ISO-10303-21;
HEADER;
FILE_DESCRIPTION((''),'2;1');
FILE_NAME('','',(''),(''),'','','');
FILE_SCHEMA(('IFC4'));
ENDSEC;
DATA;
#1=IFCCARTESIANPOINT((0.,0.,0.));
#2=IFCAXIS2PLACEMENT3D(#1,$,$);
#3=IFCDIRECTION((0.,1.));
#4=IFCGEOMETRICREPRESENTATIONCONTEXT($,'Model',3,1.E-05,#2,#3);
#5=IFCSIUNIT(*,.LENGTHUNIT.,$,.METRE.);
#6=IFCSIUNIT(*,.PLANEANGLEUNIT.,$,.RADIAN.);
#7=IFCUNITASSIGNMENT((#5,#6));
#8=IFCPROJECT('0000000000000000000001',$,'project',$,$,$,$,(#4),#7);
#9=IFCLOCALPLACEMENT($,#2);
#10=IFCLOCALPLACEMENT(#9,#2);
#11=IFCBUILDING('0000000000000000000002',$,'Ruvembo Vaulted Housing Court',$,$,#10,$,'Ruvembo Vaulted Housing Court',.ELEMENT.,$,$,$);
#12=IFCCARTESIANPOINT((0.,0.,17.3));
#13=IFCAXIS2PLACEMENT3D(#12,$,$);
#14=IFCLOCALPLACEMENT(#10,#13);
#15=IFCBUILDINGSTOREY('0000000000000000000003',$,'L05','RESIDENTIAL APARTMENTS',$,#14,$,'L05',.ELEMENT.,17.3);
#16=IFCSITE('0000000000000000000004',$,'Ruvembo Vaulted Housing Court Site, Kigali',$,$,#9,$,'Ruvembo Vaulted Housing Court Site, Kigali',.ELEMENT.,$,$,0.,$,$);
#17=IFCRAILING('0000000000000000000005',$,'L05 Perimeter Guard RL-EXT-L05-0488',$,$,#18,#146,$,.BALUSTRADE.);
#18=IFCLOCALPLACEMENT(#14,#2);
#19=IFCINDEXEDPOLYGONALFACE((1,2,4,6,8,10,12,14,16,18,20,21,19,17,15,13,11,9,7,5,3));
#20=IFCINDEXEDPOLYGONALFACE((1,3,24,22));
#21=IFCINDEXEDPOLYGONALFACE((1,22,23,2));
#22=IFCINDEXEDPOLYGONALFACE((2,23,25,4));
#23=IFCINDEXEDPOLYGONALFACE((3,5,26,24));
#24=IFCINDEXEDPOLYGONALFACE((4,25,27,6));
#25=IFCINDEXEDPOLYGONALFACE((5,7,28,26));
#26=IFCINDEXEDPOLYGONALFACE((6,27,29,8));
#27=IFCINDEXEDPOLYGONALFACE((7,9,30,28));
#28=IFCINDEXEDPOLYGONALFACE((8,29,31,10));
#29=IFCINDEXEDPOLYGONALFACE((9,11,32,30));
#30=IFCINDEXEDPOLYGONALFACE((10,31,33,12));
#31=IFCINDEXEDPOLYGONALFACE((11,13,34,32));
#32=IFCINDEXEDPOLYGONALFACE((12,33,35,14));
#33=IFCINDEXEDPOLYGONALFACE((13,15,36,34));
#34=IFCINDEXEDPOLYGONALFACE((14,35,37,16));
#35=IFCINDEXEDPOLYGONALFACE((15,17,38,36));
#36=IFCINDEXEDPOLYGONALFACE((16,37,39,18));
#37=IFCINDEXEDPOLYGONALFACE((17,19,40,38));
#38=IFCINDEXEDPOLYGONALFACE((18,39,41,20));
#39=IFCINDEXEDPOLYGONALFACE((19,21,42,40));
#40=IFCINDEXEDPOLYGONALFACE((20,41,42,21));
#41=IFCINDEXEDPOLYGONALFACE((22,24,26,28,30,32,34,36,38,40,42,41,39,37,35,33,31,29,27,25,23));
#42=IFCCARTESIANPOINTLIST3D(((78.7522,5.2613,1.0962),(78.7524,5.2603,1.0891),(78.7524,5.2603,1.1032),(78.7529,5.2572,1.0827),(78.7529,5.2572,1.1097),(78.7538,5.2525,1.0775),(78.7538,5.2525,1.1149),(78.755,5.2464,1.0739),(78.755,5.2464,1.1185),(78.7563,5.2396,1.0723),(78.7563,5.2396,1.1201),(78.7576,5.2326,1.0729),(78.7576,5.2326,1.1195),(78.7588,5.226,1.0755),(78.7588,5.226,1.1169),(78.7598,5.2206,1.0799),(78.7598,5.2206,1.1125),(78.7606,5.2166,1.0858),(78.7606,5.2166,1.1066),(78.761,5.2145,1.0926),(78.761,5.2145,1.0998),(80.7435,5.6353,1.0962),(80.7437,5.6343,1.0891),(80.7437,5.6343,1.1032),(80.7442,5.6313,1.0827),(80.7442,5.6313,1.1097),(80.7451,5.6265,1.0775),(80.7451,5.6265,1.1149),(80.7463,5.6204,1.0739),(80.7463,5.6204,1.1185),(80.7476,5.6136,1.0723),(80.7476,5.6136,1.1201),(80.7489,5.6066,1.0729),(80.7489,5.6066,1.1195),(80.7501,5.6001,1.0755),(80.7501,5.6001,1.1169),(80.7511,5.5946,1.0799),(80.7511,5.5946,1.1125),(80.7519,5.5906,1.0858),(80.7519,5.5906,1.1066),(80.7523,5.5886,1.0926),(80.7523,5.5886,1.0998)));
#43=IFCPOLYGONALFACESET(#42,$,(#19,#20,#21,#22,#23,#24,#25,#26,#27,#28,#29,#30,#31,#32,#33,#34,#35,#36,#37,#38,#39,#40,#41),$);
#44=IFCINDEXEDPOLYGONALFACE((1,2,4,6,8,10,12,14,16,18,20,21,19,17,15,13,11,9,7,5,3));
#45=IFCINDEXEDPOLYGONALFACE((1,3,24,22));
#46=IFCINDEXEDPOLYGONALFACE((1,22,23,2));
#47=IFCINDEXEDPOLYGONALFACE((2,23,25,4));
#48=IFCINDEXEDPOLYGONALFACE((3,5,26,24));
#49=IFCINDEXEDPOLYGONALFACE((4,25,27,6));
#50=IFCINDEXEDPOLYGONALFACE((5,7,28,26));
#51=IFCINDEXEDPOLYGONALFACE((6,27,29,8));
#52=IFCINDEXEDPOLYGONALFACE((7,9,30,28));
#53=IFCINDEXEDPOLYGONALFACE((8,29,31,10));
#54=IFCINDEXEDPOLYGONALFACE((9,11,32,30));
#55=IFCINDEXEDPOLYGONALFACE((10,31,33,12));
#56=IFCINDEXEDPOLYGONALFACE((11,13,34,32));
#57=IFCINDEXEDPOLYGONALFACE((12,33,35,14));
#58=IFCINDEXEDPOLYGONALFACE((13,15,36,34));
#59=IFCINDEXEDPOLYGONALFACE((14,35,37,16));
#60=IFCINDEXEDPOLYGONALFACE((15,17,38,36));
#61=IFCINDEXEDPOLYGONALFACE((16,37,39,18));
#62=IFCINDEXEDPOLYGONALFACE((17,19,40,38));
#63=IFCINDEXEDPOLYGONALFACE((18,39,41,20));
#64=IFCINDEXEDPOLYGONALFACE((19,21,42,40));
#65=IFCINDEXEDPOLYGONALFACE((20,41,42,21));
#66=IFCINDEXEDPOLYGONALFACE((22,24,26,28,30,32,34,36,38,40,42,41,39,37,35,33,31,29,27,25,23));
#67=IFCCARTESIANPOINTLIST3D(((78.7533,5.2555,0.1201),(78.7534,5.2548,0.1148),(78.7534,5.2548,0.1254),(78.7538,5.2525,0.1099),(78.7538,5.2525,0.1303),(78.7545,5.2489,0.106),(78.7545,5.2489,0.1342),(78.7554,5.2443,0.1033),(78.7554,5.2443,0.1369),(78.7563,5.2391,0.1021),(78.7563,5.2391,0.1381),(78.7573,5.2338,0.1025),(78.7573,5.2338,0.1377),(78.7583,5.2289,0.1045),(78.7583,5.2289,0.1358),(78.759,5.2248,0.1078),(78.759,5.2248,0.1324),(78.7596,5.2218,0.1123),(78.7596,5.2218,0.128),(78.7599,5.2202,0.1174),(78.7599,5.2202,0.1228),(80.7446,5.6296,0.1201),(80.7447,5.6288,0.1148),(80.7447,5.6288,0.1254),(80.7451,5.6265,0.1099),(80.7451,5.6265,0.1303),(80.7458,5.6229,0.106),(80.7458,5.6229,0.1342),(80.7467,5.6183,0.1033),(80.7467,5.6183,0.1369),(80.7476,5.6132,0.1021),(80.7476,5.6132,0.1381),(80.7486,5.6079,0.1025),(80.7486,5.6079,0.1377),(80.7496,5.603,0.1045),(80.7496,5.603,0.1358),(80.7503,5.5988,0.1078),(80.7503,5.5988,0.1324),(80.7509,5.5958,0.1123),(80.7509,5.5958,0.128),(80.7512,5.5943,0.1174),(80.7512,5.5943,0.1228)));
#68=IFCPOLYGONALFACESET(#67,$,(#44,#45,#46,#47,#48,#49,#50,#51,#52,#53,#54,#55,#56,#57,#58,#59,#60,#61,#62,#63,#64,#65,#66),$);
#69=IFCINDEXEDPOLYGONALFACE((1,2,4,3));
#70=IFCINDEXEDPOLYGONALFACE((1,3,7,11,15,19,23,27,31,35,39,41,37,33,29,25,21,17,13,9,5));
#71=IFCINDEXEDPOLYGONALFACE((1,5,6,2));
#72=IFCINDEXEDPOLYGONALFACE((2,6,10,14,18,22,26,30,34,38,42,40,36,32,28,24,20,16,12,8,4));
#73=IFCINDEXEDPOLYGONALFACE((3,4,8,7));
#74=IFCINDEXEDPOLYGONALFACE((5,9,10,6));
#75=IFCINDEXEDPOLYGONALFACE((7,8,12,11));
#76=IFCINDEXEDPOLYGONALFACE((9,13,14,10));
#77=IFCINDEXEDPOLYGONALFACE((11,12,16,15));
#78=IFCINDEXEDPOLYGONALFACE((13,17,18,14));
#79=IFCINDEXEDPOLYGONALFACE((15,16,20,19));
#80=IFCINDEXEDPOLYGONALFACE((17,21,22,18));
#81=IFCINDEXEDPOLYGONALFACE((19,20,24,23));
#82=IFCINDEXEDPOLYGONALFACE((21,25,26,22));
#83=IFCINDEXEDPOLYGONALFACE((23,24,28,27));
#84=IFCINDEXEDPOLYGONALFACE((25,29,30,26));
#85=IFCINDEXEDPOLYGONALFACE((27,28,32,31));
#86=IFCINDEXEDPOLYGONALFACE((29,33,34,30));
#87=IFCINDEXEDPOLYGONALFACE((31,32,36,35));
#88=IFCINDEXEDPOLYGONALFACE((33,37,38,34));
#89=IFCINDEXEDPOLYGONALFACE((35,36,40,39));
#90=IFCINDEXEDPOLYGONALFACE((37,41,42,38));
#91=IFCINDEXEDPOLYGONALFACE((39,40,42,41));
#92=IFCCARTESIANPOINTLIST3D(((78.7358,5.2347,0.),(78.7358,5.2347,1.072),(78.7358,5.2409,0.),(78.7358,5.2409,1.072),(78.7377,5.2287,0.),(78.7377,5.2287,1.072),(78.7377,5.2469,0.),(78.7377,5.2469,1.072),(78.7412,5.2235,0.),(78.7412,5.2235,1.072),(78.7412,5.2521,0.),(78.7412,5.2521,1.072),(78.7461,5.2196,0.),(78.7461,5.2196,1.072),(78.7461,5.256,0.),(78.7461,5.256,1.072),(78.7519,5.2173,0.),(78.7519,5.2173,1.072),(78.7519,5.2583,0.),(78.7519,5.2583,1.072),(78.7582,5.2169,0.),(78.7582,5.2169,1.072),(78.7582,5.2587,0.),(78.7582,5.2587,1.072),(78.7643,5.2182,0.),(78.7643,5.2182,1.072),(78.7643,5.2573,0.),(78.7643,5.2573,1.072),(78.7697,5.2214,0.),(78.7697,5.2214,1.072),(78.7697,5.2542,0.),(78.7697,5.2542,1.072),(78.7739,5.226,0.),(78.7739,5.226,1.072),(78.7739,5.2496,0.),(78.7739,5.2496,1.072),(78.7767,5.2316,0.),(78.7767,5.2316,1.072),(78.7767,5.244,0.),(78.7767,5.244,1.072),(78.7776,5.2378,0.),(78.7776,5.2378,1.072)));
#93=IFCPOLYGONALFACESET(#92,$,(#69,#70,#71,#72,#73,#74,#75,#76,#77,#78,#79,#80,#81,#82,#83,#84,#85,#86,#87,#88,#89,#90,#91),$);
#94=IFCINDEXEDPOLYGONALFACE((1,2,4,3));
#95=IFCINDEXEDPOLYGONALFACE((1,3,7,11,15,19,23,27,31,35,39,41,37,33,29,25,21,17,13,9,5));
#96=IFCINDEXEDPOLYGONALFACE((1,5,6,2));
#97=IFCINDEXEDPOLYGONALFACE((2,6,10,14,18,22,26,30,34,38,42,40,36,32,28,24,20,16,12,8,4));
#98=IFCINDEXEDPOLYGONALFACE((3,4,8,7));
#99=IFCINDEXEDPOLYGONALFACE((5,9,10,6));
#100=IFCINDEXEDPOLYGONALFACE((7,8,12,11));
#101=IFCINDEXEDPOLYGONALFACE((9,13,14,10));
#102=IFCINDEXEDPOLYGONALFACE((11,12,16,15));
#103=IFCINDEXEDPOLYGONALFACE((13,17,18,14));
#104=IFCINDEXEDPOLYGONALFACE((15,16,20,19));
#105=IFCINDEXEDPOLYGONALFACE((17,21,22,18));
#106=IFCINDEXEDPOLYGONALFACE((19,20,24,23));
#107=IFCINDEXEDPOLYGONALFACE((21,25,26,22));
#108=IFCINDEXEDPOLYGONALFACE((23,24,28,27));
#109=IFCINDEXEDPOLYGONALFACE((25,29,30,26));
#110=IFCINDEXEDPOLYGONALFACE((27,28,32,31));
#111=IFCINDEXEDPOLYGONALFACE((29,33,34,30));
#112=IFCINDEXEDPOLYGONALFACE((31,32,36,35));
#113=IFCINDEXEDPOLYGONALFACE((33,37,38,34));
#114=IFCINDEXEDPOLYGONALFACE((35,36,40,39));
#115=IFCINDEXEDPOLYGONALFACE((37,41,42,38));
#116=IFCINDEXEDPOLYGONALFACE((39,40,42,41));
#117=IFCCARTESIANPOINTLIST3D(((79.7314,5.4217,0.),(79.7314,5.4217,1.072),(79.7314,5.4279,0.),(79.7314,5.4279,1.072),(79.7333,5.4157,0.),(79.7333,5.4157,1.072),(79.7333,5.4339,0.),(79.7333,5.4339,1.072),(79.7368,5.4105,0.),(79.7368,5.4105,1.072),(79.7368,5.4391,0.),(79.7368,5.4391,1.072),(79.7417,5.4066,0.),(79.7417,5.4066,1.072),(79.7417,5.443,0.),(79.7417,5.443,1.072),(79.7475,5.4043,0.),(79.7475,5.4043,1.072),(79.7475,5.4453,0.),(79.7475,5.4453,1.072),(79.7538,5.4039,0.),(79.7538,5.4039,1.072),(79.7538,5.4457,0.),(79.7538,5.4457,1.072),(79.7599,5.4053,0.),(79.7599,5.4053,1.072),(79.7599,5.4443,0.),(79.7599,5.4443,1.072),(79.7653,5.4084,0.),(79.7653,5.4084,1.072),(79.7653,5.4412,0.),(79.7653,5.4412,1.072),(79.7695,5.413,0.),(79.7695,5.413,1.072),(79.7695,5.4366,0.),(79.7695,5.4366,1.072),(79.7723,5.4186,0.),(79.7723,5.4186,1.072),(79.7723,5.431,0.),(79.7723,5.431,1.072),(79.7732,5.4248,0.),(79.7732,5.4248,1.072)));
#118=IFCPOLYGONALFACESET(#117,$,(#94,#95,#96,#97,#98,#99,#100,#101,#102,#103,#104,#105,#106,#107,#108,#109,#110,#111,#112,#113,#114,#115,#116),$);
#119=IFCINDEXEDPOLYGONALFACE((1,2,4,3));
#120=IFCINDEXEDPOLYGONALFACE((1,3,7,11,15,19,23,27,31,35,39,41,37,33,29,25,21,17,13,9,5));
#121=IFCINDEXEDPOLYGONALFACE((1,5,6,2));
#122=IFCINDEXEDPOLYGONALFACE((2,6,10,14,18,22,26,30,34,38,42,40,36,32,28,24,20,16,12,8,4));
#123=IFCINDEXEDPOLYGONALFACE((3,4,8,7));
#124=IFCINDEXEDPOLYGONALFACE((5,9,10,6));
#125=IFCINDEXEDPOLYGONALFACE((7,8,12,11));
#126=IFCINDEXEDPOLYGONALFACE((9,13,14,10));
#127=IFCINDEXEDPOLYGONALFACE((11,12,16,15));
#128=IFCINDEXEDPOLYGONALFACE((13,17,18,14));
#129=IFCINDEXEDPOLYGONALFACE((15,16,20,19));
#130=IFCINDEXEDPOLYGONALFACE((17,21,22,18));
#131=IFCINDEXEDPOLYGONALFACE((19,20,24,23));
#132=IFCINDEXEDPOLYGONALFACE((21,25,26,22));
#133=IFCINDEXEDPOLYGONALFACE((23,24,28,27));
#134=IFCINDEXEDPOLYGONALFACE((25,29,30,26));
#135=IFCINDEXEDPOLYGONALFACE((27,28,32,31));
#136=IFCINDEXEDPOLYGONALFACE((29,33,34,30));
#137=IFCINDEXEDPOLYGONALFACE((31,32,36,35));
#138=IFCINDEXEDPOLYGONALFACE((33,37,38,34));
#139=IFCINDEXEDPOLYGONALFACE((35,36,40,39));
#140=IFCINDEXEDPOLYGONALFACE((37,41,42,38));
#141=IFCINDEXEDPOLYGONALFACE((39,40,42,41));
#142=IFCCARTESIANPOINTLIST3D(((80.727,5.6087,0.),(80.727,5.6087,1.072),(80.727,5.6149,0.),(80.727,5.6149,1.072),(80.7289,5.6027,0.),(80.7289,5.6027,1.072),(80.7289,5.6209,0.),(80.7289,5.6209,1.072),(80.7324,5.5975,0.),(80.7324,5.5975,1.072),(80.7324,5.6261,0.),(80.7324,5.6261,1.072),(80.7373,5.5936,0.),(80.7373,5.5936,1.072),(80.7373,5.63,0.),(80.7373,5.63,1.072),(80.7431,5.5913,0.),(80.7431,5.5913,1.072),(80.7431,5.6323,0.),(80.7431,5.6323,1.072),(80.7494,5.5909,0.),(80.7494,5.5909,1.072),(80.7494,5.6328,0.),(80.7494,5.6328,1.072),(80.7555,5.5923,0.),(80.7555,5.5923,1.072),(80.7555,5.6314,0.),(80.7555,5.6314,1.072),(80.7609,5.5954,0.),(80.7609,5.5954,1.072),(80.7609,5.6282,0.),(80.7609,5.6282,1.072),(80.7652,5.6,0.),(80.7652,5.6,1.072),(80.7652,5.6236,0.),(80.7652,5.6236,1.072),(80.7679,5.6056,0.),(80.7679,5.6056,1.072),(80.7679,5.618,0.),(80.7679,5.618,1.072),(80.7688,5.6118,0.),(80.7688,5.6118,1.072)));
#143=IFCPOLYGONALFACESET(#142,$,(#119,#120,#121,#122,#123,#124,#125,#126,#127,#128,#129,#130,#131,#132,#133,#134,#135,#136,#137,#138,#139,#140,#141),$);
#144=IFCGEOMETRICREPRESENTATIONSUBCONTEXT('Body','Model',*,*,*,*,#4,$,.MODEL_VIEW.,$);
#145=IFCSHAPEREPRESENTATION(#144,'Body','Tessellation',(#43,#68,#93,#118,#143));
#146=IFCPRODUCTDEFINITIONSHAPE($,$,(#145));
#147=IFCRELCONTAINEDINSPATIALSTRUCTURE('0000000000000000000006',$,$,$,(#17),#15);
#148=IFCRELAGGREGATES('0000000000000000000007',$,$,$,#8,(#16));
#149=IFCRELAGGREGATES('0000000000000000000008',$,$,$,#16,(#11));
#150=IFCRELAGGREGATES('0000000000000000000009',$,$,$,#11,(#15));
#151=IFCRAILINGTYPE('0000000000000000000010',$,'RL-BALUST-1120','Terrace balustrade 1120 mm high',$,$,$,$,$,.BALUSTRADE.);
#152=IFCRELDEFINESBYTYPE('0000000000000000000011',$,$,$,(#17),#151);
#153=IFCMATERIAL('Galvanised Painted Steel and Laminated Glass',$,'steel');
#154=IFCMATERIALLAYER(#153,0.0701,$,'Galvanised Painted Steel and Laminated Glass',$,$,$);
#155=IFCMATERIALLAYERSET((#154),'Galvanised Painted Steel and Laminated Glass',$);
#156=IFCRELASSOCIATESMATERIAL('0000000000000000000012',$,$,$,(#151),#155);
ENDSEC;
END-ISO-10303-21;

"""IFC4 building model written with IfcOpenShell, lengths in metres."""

from ifc_helpers import new_model, si_unit, direction, frame, origin, origin_2d, place, context, subcontext, project, spatial, circle, extrude, material, layer, layer_set, type_object, element, save


model = new_model("IFC4")

# Units and contexts
model_context = context("Model", 3, precision=1e-05, world=origin(), true_north=direction((0.0, 1.0)))
body_context = subcontext(model_context, "Body", "Model", "MODEL_VIEW")
ifc_project = project(units=[si_unit("LENGTHUNIT", "METRE"), si_unit("PLANEANGLEUNIT", "RADIAN")], contexts=[model_context])

# Site, building, storey
site_placement = place(None, origin())
site = spatial("IfcSite", under=ifc_project, at=site_placement, Name="Ruvembo Vaulted Housing Court Site, Kigali", LongName="Ruvembo Vaulted Housing Court Site, Kigali", CompositionType="ELEMENT", RefElevation=0.0)
building_placement = place(site_placement, origin())
building = spatial("IfcBuilding", under=site, at=building_placement, Name="Ruvembo Vaulted Housing Court", LongName="Ruvembo Vaulted Housing Court", CompositionType="ELEMENT")
storey_placement = place(building_placement, frame((0.0, 0.0, 17.3)))
storey = spatial("IfcBuildingStorey", under=building, at=storey_placement, Name="L05", Description="RESIDENTIAL APARTMENTS", LongName="L05", CompositionType="ELEMENT", Elevation=17.3)

# Railing
ifc_material_1 = material(Name="Galvanised Painted Steel and Laminated Glass", Category="steel")
ifc_layer_1 = layer(ifc_material_1, 0.0701, Name="Galvanised Painted Steel and Laminated Glass")
ifc_layer_set_1 = layer_set([ifc_layer_1], Name="Galvanised Painted Steel and Laminated Glass")
railing_type = type_object("IfcRailingType", Name="RL-BALUST-1120", Description="Terrace balustrade 1120 mm high", PredefinedType="BALUSTRADE", material=ifc_layer_set_1)
railing_1_placement = place(storey_placement, frame((78.7566, 5.2378, 0.0)))
element("IfcRailing", 1, at=railing_1_placement, inside=storey, type_object=railing_type, Name="L05 Perimeter Guard RL-EXT-L05-0488", PredefinedType="BALUSTRADE", context=body_context, shape_type="SweptSolid", body=[
    extrude(circle(Radius=0.0239, at=origin_2d()), frame((0.0, 0.0, 1.0962), z_axis=(0.982812, 0.184609, 0.0), x_axis=(-0.184609, 0.982812, 0.0)), (0.0, 0.0, 1.0), 2.0261),
    extrude(circle(Radius=0.0181, at=origin_2d()), frame((0.0, 0.0, 0.1201), z_axis=(0.982812, 0.184609, 0.0), x_axis=(-0.184609, 0.982812, 0.0)), (0.0, 0.0, 1.0), 2.0261),
    extrude(circle(Radius=0.021, at=origin_2d()), origin(), (0.0, 0.0, 1.0), 1.072),
    extrude(circle(Radius=0.021, at=origin_2d()), frame((0.9956, 0.187, 0.0)), (0.0, 0.0, 1.0), 1.072),
    extrude(circle(Radius=0.021, at=origin_2d()), frame((1.9912, 0.374, 0.0)), (0.0, 0.0, 1.0), 1.072),
])

save(model, "model.ifc")
